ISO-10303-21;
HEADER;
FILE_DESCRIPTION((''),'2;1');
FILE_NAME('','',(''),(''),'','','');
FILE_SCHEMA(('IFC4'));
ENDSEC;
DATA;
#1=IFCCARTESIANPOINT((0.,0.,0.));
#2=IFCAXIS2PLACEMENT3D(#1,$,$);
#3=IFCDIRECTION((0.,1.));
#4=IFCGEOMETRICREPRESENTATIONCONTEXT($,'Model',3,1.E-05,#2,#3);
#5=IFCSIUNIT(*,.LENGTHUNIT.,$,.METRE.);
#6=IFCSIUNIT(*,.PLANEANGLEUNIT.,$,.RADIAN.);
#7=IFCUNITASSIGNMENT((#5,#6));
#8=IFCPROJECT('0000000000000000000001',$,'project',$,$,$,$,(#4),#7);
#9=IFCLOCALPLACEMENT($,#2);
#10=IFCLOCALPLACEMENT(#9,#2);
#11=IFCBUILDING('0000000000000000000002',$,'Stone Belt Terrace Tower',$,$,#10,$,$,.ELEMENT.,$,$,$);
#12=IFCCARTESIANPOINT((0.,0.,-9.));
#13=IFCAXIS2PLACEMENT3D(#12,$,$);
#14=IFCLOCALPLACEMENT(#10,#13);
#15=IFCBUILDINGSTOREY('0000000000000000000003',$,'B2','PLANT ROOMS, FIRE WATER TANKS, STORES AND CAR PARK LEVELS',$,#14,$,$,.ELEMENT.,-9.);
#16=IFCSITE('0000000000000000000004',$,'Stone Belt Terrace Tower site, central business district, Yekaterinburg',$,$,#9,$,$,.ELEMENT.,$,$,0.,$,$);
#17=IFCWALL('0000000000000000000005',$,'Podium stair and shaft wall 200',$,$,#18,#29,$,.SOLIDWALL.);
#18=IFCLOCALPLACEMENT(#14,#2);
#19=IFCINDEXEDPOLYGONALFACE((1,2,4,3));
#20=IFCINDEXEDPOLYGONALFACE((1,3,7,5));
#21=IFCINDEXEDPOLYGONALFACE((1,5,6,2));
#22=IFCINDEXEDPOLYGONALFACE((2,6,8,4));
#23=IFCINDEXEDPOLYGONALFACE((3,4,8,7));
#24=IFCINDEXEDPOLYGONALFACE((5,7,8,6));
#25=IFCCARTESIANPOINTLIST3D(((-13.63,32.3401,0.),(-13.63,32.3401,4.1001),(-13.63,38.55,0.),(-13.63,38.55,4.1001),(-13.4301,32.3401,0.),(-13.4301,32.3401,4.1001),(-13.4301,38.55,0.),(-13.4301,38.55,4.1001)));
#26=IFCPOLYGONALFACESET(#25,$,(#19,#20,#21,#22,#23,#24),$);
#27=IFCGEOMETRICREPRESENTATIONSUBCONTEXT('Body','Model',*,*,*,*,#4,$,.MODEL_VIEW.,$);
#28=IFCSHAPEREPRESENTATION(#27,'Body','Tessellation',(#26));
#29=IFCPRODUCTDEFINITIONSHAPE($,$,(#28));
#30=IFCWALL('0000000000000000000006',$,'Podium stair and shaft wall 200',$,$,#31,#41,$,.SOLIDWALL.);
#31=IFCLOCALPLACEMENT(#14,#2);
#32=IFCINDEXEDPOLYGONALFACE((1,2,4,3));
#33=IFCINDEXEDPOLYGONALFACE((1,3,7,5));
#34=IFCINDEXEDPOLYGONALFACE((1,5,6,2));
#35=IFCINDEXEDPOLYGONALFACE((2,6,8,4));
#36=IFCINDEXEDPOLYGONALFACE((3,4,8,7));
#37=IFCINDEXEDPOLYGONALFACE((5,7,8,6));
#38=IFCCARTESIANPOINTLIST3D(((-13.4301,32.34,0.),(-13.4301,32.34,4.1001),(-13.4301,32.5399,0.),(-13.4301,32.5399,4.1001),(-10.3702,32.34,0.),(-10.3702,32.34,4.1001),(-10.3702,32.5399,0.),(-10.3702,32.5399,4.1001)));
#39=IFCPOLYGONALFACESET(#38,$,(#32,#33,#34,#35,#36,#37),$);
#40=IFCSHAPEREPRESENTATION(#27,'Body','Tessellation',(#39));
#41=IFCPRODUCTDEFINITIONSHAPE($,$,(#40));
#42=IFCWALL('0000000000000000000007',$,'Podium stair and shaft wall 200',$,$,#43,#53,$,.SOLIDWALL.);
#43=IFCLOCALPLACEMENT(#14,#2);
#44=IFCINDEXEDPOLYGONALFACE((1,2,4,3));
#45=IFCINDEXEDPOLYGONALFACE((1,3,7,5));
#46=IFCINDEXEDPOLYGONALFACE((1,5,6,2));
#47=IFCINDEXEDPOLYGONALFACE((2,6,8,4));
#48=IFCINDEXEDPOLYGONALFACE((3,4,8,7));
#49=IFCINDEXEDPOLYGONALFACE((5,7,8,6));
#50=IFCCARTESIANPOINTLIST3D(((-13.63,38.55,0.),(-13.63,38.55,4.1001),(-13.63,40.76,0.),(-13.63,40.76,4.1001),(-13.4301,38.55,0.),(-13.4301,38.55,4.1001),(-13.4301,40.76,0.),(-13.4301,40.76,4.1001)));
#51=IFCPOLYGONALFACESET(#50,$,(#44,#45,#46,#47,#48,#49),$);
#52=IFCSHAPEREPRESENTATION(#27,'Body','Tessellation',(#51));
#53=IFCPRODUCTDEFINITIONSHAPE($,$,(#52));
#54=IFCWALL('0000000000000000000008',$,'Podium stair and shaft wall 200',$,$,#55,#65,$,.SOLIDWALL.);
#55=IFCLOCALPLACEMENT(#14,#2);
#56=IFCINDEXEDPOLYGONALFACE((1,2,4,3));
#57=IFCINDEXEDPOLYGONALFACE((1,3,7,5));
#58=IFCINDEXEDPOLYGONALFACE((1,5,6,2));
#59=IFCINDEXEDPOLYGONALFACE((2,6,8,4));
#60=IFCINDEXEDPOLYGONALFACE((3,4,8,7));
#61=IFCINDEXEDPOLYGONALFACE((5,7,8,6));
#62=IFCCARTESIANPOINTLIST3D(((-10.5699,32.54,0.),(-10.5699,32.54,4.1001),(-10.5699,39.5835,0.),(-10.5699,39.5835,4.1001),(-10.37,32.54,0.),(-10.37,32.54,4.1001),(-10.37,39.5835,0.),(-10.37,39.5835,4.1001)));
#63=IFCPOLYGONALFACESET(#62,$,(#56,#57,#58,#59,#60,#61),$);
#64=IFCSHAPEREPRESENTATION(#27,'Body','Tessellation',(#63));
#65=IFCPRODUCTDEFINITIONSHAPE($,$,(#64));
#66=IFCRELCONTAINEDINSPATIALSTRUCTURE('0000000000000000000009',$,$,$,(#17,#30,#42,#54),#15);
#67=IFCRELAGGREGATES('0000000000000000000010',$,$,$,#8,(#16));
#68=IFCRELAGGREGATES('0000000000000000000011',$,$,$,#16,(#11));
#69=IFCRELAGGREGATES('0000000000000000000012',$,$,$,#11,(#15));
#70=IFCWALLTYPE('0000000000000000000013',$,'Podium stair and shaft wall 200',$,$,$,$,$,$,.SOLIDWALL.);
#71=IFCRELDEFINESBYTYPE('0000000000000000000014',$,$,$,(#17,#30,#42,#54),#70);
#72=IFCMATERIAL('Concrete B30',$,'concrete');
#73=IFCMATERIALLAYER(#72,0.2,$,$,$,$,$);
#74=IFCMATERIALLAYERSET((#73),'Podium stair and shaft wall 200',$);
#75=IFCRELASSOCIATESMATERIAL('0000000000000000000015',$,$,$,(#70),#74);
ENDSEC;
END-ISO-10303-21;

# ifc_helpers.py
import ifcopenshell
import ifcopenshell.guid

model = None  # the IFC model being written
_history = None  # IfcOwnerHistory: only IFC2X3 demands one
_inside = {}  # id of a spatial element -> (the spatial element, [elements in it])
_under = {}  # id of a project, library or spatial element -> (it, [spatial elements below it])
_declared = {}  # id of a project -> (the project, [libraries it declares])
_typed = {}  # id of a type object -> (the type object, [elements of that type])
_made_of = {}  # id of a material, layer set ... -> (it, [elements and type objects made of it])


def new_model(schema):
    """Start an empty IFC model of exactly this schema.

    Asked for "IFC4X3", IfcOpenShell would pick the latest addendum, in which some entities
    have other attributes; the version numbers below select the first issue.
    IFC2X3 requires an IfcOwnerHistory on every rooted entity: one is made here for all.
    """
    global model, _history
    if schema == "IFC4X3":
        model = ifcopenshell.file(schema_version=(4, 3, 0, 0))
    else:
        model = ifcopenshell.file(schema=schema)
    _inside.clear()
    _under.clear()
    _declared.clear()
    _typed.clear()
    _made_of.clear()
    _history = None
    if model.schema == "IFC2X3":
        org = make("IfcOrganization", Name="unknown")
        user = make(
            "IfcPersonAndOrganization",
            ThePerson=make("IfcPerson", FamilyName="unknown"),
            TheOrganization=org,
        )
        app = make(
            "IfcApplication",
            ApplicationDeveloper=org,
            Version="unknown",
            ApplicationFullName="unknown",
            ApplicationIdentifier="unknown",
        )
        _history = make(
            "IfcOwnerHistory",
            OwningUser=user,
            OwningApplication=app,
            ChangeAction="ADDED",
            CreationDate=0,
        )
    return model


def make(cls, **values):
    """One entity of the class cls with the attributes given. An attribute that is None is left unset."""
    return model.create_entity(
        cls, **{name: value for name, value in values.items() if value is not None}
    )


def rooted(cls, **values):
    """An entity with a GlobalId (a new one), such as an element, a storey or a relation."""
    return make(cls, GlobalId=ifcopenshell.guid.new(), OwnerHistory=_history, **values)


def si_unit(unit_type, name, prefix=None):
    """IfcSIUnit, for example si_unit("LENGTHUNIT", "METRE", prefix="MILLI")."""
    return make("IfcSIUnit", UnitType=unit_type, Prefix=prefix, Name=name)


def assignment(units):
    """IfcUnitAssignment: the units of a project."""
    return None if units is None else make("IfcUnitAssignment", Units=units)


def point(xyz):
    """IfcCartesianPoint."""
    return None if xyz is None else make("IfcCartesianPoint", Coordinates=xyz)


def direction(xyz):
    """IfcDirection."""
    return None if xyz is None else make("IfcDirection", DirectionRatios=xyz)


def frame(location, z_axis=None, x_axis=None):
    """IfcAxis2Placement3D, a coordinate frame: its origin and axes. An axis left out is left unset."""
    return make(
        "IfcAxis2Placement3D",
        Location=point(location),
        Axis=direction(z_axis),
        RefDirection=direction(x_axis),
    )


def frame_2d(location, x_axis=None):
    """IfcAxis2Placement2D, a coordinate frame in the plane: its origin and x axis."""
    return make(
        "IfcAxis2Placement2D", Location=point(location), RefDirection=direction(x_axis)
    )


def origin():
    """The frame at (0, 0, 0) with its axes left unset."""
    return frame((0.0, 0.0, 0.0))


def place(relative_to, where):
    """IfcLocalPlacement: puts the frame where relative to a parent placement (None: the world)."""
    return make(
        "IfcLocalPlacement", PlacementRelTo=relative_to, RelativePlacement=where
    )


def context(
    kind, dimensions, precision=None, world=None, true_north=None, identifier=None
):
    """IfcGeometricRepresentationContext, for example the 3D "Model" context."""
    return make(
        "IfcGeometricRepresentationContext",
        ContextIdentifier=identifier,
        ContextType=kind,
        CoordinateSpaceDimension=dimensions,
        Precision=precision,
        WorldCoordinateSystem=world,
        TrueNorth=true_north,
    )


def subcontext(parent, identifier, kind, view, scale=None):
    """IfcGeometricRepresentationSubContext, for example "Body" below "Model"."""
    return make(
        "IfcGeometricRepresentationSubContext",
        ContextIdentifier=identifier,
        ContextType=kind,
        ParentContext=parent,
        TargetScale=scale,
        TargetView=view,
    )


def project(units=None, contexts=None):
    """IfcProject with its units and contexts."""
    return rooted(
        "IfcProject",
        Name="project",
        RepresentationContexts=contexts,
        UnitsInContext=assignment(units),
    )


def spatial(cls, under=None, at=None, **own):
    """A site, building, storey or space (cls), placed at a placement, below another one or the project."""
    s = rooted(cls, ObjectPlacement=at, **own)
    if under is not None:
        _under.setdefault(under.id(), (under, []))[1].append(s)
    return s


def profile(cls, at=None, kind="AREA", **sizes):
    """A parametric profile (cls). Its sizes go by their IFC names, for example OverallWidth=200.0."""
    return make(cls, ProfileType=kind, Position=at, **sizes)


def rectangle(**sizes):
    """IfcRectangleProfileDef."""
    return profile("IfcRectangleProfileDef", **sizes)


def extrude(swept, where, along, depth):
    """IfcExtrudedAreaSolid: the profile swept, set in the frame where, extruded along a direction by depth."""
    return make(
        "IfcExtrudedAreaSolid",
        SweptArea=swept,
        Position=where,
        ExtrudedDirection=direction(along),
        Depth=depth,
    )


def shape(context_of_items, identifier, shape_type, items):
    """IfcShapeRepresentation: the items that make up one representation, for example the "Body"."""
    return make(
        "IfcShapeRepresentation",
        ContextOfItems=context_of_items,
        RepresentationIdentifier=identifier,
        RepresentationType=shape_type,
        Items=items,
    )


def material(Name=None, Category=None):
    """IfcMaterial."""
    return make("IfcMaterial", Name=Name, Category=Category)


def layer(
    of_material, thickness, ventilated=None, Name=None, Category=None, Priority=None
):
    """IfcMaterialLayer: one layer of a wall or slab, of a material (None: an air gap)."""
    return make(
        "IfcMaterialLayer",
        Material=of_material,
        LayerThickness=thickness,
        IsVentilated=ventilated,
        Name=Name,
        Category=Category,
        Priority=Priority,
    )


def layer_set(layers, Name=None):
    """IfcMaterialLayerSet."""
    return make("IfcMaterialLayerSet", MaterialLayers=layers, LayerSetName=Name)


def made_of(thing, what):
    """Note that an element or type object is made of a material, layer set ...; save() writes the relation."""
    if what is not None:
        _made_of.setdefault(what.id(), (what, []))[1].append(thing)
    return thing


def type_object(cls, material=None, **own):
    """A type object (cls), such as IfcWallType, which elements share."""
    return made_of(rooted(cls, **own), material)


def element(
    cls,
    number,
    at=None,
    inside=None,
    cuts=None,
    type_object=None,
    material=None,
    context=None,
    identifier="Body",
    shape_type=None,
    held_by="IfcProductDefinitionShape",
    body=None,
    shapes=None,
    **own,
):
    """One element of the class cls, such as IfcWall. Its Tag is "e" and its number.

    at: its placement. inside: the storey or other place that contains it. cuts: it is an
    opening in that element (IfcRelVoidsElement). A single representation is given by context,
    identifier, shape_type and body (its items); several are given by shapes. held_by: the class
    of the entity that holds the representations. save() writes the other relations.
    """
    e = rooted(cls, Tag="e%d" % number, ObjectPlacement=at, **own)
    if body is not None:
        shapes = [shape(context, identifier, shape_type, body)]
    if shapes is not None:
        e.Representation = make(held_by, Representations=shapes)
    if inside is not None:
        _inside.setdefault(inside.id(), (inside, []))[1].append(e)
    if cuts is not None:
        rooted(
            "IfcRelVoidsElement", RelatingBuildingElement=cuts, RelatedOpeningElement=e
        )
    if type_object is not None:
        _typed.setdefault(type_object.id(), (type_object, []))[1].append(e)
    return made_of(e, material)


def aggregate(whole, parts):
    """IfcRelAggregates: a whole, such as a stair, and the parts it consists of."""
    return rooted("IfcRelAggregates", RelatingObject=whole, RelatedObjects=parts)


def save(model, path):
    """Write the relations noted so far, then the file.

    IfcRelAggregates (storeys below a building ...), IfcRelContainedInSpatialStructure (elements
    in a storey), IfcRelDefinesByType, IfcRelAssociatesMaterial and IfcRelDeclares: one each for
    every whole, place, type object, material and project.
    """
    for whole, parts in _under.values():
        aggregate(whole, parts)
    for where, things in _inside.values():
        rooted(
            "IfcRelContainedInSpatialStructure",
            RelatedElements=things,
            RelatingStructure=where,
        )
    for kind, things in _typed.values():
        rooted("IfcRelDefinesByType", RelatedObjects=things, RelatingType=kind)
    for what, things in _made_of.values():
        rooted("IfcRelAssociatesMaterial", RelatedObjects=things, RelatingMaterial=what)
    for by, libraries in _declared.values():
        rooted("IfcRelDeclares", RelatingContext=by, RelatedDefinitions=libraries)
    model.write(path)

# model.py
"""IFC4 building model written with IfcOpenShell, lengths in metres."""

from ifc_helpers import new_model, si_unit, direction, frame, frame_2d, origin, place, context, subcontext, project, spatial, rectangle, extrude, material, layer, layer_set, type_object, element, save


model = new_model("IFC4")

# Units and contexts
model_context = context("Model", 3, precision=1e-05, world=origin(), true_north=direction((0.0, 1.0)))
body_context = subcontext(model_context, "Body", "Model", "MODEL_VIEW")
ifc_project = project(units=[si_unit("LENGTHUNIT", "METRE"), si_unit("PLANEANGLEUNIT", "RADIAN")], contexts=[model_context])

# Site, building, storey
site_placement = place(None, origin())
site = spatial("IfcSite", under=ifc_project, at=site_placement, Name="Stone Belt Terrace Tower site, central business district, Yekaterinburg", CompositionType="ELEMENT", RefElevation=0.0)
building_placement = place(site_placement, origin())
building = spatial("IfcBuilding", under=site, at=building_placement, Name="Stone Belt Terrace Tower", CompositionType="ELEMENT")
storey_placement = place(building_placement, frame((0.0, 0.0, -9.0)))
storey = spatial("IfcBuildingStorey", under=building, at=storey_placement, Name="B2", Description="PLANT ROOMS, FIRE WATER TANKS, STORES AND CAR PARK LEVELS", CompositionType="ELEMENT", Elevation=-9.0)

# Walls
ifc_material_1 = material(Name="Concrete B30", Category="concrete")
ifc_layer_1 = layer(ifc_material_1, 0.2)
ifc_layer_set_1 = layer_set([ifc_layer_1], Name="Podium stair and shaft wall 200")
wall_type_1 = type_object("IfcWallType", Name="Podium stair and shaft wall 200", PredefinedType="SOLIDWALL", material=ifc_layer_set_1)
wall_1_placement = place(storey_placement, frame((-13.53, 32.3401, 0.0), z_axis=(0.0, 0.0, 1.0), x_axis=(0.0, 1.0, 0.0)))
element("IfcWall", 1, at=wall_1_placement, inside=storey, type_object=wall_type_1, Name="Podium stair and shaft wall 200", PredefinedType="SOLIDWALL", context=body_context, shape_type="SweptSolid", body=[
    extrude(rectangle(XDim=6.21, YDim=0.2, at=frame_2d((3.105, 0.0))), origin(), (0.0, 0.0, 1.0), 4.1001),
])
wall_2_placement = place(storey_placement, frame((-13.4299, 32.4399, 0.0), z_axis=(0.0, 0.0, 1.0), x_axis=(1.0, 0.0, 0.0)))
element("IfcWall", 2, at=wall_2_placement, inside=storey, type_object=wall_type_1, Name="Podium stair and shaft wall 200", PredefinedType="SOLIDWALL", context=body_context, shape_type="SweptSolid", body=[
    extrude(rectangle(XDim=3.0598, YDim=0.2, at=frame_2d((1.5298, 0.0))), origin(), (0.0, 0.0, 1.0), 4.1001),
])
wall_3_placement = place(storey_placement, frame((-13.53, 38.55, 0.0), z_axis=(0.0, 0.0, 1.0), x_axis=(0.0, 1.0, 0.0)))
element("IfcWall", 3, at=wall_3_placement, inside=storey, type_object=wall_type_1, Name="Podium stair and shaft wall 200", PredefinedType="SOLIDWALL", context=body_context, shape_type="SweptSolid", body=[
    extrude(rectangle(XDim=2.21, YDim=0.2, at=frame_2d((1.105, 0.0))), origin(), (0.0, 0.0, 1.0), 4.1001),
])
wall_4_placement = place(storey_placement, frame((-10.47, 32.54, 0.0), z_axis=(0.0, 0.0, 1.0), x_axis=(0.0, 1.0, 0.0)))
element("IfcWall", 4, at=wall_4_placement, inside=storey, type_object=wall_type_1, Name="Podium stair and shaft wall 200", PredefinedType="SOLIDWALL", context=body_context, shape_type="SweptSolid", body=[
    extrude(rectangle(XDim=7.0435, YDim=0.2, at=frame_2d((3.5217, 0.0))), origin(), (0.0, 0.0, 1.0), 4.1001),
])

save(model, "model.ifc")
